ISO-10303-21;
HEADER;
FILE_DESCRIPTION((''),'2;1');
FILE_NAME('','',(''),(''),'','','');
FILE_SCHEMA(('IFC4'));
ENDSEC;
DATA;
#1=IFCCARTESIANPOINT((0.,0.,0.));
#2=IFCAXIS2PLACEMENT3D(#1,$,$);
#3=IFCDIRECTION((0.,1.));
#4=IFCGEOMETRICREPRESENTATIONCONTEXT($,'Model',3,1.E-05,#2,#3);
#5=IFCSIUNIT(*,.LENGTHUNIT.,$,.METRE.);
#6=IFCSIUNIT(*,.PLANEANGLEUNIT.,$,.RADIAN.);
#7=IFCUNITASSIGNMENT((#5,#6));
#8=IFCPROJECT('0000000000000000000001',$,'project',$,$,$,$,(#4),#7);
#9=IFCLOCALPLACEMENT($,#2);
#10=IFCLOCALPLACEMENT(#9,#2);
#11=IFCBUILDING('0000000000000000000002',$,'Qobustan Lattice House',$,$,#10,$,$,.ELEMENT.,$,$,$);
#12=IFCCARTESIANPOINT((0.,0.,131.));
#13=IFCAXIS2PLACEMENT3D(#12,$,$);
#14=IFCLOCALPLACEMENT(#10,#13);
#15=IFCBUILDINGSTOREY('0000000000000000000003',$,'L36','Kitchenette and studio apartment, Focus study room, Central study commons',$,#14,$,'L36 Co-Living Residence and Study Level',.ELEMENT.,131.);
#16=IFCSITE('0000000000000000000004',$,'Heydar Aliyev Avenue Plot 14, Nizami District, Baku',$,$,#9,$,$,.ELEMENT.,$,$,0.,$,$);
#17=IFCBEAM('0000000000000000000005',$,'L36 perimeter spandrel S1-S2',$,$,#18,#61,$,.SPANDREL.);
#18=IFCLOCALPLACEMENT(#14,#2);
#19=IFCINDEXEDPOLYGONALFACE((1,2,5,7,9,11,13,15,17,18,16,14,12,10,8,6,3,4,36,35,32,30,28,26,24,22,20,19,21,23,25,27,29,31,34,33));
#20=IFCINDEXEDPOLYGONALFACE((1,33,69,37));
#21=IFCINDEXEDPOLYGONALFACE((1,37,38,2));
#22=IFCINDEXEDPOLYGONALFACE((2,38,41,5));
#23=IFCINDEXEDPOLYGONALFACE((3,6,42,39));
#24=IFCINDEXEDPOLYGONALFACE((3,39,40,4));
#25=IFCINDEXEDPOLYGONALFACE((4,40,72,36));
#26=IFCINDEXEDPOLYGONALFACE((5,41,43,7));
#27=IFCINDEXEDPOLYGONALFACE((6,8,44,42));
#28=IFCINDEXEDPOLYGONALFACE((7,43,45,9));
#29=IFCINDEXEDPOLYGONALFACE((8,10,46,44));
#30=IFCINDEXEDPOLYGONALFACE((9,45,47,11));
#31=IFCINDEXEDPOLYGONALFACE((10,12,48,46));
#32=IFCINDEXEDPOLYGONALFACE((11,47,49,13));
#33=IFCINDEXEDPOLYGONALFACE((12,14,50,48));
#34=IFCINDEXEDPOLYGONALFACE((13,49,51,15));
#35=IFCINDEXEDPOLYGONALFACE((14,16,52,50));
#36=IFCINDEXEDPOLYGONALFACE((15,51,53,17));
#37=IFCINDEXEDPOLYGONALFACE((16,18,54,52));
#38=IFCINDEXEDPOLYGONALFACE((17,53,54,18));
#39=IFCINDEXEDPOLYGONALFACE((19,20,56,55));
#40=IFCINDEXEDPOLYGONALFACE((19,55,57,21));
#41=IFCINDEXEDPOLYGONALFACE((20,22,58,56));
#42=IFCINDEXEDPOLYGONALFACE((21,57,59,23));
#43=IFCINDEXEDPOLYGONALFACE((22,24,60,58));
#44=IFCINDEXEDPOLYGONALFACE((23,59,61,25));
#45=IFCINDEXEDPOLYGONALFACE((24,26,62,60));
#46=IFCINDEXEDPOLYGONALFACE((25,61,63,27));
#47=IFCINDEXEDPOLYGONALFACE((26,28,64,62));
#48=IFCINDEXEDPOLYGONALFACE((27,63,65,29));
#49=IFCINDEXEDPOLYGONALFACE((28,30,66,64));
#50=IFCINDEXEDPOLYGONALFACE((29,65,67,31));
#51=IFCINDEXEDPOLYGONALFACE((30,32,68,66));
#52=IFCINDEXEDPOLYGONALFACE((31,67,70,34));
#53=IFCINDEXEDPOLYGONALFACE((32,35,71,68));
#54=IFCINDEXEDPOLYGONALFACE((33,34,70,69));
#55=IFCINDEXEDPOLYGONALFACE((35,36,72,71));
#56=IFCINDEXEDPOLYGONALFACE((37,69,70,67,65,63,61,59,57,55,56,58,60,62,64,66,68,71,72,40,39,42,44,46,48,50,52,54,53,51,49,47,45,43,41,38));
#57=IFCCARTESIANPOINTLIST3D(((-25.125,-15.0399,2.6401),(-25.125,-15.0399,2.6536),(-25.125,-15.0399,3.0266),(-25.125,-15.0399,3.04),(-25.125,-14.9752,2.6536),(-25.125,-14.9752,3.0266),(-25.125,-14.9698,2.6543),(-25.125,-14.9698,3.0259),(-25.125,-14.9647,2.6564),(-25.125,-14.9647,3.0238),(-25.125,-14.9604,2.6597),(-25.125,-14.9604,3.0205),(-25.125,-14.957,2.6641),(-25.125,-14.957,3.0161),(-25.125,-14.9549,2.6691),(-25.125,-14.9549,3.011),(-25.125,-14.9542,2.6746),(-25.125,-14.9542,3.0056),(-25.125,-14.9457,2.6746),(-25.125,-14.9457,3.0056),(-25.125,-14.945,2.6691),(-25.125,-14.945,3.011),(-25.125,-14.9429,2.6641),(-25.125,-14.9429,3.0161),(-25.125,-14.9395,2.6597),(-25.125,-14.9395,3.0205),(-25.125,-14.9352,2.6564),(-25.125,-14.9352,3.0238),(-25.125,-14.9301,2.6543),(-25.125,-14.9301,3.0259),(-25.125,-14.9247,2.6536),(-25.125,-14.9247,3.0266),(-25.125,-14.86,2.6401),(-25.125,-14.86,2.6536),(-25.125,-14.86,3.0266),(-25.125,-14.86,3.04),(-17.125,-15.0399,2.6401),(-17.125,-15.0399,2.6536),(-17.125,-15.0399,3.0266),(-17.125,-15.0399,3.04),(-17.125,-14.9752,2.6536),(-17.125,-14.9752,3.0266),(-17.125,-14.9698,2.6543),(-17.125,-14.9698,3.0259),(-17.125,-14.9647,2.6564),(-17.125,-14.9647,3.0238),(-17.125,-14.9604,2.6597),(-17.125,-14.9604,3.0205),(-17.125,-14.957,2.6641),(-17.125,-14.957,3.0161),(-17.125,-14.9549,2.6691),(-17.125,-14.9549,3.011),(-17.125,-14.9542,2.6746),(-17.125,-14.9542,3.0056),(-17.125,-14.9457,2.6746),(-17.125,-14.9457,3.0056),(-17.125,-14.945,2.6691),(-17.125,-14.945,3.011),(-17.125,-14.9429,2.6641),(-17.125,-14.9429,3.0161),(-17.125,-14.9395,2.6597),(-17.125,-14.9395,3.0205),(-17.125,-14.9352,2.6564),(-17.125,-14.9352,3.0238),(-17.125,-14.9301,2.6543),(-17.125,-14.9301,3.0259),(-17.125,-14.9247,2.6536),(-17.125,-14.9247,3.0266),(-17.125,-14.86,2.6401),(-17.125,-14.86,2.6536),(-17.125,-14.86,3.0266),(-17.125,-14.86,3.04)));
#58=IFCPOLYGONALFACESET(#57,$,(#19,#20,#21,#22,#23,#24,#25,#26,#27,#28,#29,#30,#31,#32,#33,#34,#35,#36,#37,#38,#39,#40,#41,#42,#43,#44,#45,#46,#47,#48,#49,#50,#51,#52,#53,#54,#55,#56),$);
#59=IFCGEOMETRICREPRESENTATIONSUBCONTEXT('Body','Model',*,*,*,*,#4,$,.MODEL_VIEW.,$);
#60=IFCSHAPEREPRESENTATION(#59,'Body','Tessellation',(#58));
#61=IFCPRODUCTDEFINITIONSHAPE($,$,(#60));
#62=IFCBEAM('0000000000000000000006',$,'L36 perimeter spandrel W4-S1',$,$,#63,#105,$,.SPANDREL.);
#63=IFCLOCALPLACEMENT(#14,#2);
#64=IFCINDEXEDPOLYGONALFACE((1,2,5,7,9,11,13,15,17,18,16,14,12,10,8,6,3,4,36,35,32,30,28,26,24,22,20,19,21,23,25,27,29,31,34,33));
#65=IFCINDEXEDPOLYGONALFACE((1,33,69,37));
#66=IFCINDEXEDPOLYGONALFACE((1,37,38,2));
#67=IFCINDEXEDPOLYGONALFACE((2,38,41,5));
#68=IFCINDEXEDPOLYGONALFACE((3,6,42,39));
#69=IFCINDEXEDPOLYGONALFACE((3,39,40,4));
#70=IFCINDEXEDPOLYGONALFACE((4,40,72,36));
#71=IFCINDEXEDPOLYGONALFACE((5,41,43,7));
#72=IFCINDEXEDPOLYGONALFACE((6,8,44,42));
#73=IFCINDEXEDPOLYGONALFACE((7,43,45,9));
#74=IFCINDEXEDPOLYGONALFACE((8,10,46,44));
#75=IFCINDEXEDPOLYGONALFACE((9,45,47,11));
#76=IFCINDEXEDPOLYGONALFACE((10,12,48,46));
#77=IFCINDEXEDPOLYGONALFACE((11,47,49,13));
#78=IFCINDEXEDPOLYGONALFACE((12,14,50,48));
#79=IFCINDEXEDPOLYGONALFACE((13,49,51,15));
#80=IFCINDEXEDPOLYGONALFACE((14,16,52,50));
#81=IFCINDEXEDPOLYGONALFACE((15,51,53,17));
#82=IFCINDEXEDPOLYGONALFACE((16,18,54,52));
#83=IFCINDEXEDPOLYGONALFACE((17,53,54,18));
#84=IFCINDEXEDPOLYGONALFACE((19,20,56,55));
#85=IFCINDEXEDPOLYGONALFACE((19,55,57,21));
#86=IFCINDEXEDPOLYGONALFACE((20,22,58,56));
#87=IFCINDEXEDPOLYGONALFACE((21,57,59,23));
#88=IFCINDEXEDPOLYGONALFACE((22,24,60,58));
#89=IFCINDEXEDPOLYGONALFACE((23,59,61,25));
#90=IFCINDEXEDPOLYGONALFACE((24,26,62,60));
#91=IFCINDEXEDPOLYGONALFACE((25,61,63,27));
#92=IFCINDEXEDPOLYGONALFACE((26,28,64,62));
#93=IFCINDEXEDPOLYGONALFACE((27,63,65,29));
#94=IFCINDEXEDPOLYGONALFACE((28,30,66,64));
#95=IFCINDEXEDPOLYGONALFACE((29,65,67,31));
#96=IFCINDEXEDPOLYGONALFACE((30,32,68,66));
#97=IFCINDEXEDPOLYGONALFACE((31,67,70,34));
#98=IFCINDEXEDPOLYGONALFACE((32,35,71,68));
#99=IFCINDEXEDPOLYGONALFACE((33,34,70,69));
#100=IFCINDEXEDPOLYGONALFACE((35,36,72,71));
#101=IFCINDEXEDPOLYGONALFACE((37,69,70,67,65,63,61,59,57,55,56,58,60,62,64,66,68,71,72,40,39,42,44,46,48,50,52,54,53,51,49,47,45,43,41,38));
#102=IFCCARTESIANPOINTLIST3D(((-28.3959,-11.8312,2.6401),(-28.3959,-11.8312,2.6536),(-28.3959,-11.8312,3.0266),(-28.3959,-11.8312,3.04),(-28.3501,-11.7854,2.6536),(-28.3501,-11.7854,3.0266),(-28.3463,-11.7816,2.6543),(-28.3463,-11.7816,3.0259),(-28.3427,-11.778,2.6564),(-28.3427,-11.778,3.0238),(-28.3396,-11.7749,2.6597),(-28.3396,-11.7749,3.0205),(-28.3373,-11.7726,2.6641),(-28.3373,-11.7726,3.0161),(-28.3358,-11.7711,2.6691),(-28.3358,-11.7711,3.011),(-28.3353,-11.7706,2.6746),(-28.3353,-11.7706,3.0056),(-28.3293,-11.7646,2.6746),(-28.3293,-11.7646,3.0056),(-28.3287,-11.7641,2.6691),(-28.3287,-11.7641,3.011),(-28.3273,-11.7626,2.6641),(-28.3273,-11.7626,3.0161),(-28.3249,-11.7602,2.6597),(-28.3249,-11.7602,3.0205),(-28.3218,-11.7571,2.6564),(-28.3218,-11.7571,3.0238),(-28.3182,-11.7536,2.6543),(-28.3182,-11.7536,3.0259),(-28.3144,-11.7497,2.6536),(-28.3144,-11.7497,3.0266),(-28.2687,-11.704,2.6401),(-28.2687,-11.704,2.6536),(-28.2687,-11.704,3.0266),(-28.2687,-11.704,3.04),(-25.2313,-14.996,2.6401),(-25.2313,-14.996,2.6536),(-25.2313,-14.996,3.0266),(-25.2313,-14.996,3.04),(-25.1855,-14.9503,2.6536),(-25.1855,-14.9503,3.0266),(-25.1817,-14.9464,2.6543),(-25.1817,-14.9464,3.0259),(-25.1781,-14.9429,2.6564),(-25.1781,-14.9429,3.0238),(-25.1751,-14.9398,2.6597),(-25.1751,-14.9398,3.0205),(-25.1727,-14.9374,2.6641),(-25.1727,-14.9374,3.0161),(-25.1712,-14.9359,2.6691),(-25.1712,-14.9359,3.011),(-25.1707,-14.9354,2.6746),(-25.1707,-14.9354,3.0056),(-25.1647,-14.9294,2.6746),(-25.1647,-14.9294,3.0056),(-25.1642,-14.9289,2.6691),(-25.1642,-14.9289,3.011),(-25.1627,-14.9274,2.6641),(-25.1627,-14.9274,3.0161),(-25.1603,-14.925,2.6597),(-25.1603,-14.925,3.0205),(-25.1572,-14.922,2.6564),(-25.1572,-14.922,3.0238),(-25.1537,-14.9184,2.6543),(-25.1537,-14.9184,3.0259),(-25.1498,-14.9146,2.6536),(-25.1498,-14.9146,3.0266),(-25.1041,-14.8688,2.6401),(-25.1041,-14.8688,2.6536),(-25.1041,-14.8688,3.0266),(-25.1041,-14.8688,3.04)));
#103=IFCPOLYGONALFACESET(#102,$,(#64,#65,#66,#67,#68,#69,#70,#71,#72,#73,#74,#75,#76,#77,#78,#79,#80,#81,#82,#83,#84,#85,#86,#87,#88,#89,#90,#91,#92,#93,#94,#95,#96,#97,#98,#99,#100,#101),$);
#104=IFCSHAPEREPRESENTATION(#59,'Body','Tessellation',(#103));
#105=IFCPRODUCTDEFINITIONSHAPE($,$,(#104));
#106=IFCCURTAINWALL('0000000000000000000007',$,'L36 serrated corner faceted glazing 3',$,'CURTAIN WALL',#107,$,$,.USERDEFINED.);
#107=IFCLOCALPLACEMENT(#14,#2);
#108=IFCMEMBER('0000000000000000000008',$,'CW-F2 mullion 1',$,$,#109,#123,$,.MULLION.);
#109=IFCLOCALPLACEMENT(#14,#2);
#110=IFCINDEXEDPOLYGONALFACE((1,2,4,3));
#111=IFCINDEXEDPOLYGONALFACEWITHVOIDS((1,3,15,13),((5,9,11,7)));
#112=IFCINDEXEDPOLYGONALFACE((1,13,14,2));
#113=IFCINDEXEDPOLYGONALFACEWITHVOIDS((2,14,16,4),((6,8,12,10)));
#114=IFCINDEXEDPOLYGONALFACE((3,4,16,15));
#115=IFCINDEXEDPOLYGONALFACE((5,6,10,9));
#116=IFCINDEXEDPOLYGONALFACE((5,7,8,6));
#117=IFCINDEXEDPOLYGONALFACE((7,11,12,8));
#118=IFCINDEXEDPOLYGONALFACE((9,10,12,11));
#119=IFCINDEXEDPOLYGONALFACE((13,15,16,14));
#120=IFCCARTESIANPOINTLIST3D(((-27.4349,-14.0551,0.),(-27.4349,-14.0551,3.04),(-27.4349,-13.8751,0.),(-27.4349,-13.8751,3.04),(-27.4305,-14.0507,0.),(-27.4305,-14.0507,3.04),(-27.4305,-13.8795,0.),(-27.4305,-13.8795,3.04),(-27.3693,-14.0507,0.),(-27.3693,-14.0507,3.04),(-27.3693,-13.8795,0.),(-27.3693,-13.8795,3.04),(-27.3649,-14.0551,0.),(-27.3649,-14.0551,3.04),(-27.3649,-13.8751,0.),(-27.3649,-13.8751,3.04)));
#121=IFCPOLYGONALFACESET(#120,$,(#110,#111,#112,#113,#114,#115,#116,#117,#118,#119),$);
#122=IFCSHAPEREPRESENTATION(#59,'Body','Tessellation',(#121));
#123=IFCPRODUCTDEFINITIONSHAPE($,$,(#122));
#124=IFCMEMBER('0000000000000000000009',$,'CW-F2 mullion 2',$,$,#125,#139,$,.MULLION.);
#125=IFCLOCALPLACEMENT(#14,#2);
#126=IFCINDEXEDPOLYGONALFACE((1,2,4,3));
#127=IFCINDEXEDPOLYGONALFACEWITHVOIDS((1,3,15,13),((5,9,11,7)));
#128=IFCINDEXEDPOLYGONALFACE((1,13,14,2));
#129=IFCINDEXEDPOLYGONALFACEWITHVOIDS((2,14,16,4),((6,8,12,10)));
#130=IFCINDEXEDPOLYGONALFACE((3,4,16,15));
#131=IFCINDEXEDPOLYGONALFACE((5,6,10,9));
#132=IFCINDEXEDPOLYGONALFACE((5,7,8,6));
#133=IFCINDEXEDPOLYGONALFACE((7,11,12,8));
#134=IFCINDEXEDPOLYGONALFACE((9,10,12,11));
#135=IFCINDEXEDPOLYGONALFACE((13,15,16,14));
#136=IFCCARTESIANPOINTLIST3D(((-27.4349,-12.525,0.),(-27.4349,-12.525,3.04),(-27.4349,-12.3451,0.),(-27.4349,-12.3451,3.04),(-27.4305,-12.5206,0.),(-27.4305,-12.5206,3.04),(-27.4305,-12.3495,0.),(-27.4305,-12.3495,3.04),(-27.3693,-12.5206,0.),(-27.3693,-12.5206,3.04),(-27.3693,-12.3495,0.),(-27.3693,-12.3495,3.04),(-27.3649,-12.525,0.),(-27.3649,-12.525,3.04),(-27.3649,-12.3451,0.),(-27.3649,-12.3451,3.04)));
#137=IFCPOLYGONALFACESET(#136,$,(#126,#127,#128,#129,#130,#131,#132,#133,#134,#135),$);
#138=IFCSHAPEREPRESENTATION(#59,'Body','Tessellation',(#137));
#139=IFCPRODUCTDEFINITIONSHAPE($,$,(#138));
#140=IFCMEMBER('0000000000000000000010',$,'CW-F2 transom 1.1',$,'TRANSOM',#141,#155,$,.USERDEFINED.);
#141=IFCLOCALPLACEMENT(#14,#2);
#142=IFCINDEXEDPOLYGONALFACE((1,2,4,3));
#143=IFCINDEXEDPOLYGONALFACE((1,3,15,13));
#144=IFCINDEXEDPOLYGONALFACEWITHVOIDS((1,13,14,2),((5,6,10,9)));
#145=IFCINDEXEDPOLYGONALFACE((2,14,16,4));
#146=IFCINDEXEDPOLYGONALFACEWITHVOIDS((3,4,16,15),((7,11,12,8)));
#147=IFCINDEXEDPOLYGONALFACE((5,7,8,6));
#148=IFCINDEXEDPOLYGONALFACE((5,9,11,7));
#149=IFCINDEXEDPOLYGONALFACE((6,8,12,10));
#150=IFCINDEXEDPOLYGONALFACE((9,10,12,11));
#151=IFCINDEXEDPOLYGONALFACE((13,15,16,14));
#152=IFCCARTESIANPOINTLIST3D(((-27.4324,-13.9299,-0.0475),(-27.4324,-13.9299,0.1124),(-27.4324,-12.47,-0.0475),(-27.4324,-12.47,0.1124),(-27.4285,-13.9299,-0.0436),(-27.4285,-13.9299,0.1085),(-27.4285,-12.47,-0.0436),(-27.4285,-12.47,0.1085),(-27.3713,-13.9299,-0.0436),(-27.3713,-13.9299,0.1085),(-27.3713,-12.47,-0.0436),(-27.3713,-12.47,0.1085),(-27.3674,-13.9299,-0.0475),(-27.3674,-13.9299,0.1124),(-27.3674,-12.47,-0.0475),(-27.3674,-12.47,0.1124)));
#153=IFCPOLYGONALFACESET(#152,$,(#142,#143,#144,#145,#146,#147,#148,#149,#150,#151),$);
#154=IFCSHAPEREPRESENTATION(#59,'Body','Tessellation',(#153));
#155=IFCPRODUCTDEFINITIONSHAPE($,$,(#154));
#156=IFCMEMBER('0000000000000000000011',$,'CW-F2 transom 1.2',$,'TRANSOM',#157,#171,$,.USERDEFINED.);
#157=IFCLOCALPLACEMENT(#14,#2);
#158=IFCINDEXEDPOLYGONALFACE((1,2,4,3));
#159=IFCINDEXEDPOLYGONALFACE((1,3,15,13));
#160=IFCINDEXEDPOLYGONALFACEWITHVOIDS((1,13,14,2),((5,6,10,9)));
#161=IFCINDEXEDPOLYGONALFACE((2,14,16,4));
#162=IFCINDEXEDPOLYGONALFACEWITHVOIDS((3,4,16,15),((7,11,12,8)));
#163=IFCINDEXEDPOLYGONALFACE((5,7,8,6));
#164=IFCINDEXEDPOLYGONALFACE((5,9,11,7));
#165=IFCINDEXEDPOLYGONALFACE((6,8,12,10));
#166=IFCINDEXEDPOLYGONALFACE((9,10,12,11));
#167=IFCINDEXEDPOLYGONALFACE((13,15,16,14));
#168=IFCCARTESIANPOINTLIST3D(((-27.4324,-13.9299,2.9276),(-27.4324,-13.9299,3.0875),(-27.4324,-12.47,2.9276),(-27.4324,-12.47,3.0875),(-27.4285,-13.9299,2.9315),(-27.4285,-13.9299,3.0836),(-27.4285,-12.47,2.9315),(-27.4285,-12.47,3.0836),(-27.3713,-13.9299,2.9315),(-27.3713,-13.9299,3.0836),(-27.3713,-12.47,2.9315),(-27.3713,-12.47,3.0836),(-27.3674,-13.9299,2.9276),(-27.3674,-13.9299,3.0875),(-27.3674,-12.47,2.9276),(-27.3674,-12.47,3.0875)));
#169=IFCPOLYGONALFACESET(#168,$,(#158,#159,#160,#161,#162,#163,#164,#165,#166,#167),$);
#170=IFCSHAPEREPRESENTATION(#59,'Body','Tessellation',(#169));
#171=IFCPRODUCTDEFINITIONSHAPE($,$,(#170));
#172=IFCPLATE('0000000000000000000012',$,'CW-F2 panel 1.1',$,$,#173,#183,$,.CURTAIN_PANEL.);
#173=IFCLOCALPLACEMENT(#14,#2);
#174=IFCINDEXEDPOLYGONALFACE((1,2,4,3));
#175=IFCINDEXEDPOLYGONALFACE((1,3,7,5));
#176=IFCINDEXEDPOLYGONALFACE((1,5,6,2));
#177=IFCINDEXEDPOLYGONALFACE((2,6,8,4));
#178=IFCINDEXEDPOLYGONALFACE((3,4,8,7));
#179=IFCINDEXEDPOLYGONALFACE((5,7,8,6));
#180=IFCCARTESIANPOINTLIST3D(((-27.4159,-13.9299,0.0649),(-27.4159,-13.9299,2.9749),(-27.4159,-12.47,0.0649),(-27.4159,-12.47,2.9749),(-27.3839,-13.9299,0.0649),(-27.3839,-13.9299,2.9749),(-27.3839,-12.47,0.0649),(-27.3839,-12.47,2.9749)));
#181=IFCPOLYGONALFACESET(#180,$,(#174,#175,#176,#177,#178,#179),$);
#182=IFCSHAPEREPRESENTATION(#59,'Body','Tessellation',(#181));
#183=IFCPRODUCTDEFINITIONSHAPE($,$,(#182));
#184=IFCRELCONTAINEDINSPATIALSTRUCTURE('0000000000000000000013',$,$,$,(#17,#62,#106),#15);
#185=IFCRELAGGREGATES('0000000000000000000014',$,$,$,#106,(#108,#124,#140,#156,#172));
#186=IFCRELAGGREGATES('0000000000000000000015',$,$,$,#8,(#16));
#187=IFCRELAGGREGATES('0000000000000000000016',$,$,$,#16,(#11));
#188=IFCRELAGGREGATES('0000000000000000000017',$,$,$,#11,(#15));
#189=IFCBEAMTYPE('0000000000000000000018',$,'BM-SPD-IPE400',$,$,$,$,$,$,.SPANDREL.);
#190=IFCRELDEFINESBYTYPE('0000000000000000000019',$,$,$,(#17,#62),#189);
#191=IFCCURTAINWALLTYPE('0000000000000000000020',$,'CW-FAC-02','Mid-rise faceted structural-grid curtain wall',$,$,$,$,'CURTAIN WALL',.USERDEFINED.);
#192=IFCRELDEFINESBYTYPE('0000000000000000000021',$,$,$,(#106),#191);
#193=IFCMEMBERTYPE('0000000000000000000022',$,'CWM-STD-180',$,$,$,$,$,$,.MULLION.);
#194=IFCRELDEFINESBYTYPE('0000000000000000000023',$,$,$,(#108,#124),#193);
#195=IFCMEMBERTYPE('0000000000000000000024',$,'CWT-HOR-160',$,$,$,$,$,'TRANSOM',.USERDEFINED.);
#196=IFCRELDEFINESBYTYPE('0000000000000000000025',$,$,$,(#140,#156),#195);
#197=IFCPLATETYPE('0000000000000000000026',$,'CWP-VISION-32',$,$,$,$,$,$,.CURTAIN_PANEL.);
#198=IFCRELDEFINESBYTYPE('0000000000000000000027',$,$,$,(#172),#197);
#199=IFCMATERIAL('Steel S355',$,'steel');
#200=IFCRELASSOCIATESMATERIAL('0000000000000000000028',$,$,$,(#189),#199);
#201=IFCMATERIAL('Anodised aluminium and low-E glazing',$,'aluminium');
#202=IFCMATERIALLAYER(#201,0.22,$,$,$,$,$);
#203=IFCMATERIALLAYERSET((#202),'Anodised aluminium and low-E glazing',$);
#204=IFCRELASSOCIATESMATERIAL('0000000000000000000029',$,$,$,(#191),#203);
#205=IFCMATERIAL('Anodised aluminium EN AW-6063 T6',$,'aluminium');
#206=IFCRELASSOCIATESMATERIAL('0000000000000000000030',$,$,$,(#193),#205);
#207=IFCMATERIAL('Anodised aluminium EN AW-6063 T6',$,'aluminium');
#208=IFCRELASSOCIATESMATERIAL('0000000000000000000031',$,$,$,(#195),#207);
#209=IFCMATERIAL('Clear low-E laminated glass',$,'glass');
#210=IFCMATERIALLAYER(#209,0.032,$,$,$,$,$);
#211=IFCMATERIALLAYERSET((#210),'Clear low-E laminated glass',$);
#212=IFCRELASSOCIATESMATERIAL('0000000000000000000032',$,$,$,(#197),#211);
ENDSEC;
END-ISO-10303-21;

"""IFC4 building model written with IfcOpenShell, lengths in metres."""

from ifc_helpers import new_model, si_unit, direction, frame, origin, origin_2d, place, context, subcontext, project, spatial, rectangle, hollow_rectangle, i_section, extrude, material, layer, layer_set, material_profile, profile_set, type_object, element, aggregate, save


model = new_model("IFC4")

# Units and contexts
model_context = context("Model", 3, precision=1e-05, world=origin(), true_north=direction((0.0, 1.0)))
body_context = subcontext(model_context, "Body", "Model", "MODEL_VIEW")
ifc_project = project(units=[si_unit("LENGTHUNIT", "METRE"), si_unit("PLANEANGLEUNIT", "RADIAN")], contexts=[model_context])

# Site, building, storey
site_placement = place(None, origin())
site = spatial("IfcSite", under=ifc_project, at=site_placement, Name="Heydar Aliyev Avenue Plot 14, Nizami District, Baku", CompositionType="ELEMENT", RefElevation=0.0)
building_placement = place(site_placement, origin())
building = spatial("IfcBuilding", under=site, at=building_placement, Name="Qobustan Lattice House", CompositionType="ELEMENT")
storey_placement = place(building_placement, frame((0.0, 0.0, 131.0)))
storey = spatial("IfcBuildingStorey", under=building, at=storey_placement, Name="L36", Description="Kitchenette and studio apartment, Focus study room, Central study commons", LongName="L36 Co-Living Residence and Study Level", CompositionType="ELEMENT", Elevation=131.0)

# Beams
ifc_material_1 = material(Name="Steel S355", Category="steel")
ifc_material_profile_1 = material_profile(ifc_material_1, i_section(OverallWidth=0.1799, OverallDepth=0.3999, WebThickness=0.0085, FlangeThickness=0.0134, FilletRadius=0.021, at=origin_2d()), Name="IPE400")
ifc_profile_set_1 = profile_set([ifc_material_profile_1], Name="Steel S355")
beam_type_1 = type_object("IfcBeamType", Name="BM-SPD-IPE400", PredefinedType="SPANDREL", material=ifc_profile_set_1)
beam_1_placement = place(storey_placement, frame((-25.125, -14.95, 2.8401), z_axis=(1.0, 0.0, 0.0), x_axis=(0.0, 1.0, 0.0)))
element("IfcBeam", 1, at=beam_1_placement, inside=storey, type_object=beam_type_1, Name="L36 perimeter spandrel S1-S2", PredefinedType="SPANDREL", context=body_context, shape_type="SweptSolid", body=[
    extrude(i_section(OverallWidth=0.1799, OverallDepth=0.3999, WebThickness=0.0085, FlangeThickness=0.0134, FilletRadius=0.021, at=origin_2d()), origin(), (0.0, 0.0, 1.0), 8.0),
])
beam_2_placement = place(storey_placement, frame((-28.3323, -11.7676, 2.8401), z_axis=(0.70708, -0.707134, 0.0), x_axis=(0.707134, 0.70708, 0.0)))
element("IfcBeam", 2, at=beam_2_placement, inside=storey, type_object=beam_type_1, Name="L36 perimeter spandrel W4-S1", PredefinedType="SPANDREL", context=body_context, shape_type="SweptSolid", body=[
    extrude(i_section(OverallWidth=0.1799, OverallDepth=0.3999, WebThickness=0.0085, FlangeThickness=0.0134, FilletRadius=0.021, at=origin_2d()), origin(), (0.0, 0.0, 1.0), 4.4756),
])

# Curtain wall, members, plate
ifc_material_2 = material(Name="Anodised aluminium and low-E glazing", Category="aluminium")
ifc_layer_1 = layer(ifc_material_2, 0.22)
ifc_layer_set_1 = layer_set([ifc_layer_1], Name="Anodised aluminium and low-E glazing")
curtain_wall_type = type_object("IfcCurtainWallType", Name="CW-FAC-02", Description="Mid-rise faceted structural-grid curtain wall", ElementType="CURTAIN WALL", PredefinedType="USERDEFINED", material=ifc_layer_set_1)
curtain_wall_placement = place(storey_placement, origin())
curtain_wall = element("IfcCurtainWall", 3, at=curtain_wall_placement, inside=storey, type_object=curtain_wall_type, Name="L36 serrated corner faceted glazing 3", ObjectType="CURTAIN WALL", PredefinedType="USERDEFINED")
ifc_material_3 = material(Name="Anodised aluminium EN AW-6063 T6", Category="aluminium")
ifc_material_profile_2 = material_profile(ifc_material_3, hollow_rectangle(XDim=0.0701, YDim=0.1799, WallThickness=0.0044, at=origin_2d()), Name="CWM-180x70")
ifc_profile_set_2 = profile_set([ifc_material_profile_2], Name="Anodised aluminium EN AW-6063 T6")
member_type_1 = type_object("IfcMemberType", Name="CWM-STD-180", PredefinedType="MULLION", material=ifc_profile_set_2)
member_1_placement = place(storey_placement, frame((-27.3999, -13.9651, 0.0), z_axis=(0.0, 0.0, 1.0), x_axis=(-1.0, 0.0, 0.0)))
member_1 = element("IfcMember", 4, at=member_1_placement, type_object=member_type_1, Name="CW-F2 mullion 1", PredefinedType="MULLION", context=body_context, shape_type="SweptSolid", body=[
    extrude(hollow_rectangle(XDim=0.0701, YDim=0.1799, WallThickness=0.0044, at=origin_2d()), origin(), (0.0, 0.0, 1.0), 3.04),
])
member_2_placement = place(storey_placement, frame((-27.3999, -12.4351, 0.0), z_axis=(0.0, 0.0, 1.0), x_axis=(-1.0, 0.0, 0.0)))
member_2 = element("IfcMember", 5, at=member_2_placement, type_object=member_type_1, Name="CW-F2 mullion 2", PredefinedType="MULLION", context=body_context, shape_type="SweptSolid", body=[
    extrude(hollow_rectangle(XDim=0.0701, YDim=0.1799, WallThickness=0.0044, at=origin_2d()), origin(), (0.0, 0.0, 1.0), 3.04),
])
ifc_material_4 = material(Name="Anodised aluminium EN AW-6063 T6", Category="aluminium")
ifc_material_profile_3 = material_profile(ifc_material_4, hollow_rectangle(XDim=0.0649, YDim=0.1599, WallThickness=0.0039, at=origin_2d()), Name="CWT-160x65")
ifc_profile_set_3 = profile_set([ifc_material_profile_3], Name="Anodised aluminium EN AW-6063 T6")
member_type_2 = type_object("IfcMemberType", Name="CWT-HOR-160", ElementType="TRANSOM", PredefinedType="USERDEFINED", material=ifc_profile_set_3)
member_3_placement = place(storey_placement, frame((-27.3999, -13.9299, 0.0325), z_axis=(0.0, 1.0, 0.0), x_axis=(-1.0, 0.0, 0.0)))
member_3 = element("IfcMember", 6, at=member_3_placement, type_object=member_type_2, Name="CW-F2 transom 1.1", ObjectType="TRANSOM", PredefinedType="USERDEFINED", context=body_context, shape_type="SweptSolid", body=[
    extrude(hollow_rectangle(XDim=0.0649, YDim=0.1599, WallThickness=0.0039, at=origin_2d()), origin(), (0.0, 0.0, 1.0), 1.46),
])
member_4_placement = place(storey_placement, frame((-27.3999, -13.9299, 3.0076), z_axis=(0.0, 1.0, 0.0), x_axis=(-1.0, 0.0, 0.0)))
member_4 = element("IfcMember", 7, at=member_4_placement, type_object=member_type_2, Name="CW-F2 transom 1.2", ObjectType="TRANSOM", PredefinedType="USERDEFINED", context=body_context, shape_type="SweptSolid", body=[
    extrude(hollow_rectangle(XDim=0.0649, YDim=0.1599, WallThickness=0.0039, at=origin_2d()), origin(), (0.0, 0.0, 1.0), 1.46),
])
ifc_material_5 = material(Name="Clear low-E laminated glass", Category="glass")
ifc_layer_2 = layer(ifc_material_5, 0.032)
ifc_layer_set_2 = layer_set([ifc_layer_2], Name="Clear low-E laminated glass")
plate_type = type_object("IfcPlateType", Name="CWP-VISION-32", PredefinedType="CURTAIN_PANEL", material=ifc_layer_set_2)
plate_placement = place(storey_placement, frame((-27.3999, -13.2, 0.0649), z_axis=(0.0, 0.0, 1.0), x_axis=(0.0, 1.0, 0.0)))
plate = element("IfcPlate", 8, at=plate_placement, type_object=plate_type, Name="CW-F2 panel 1.1", PredefinedType="CURTAIN_PANEL", context=body_context, shape_type="SweptSolid", body=[
    extrude(rectangle(XDim=1.46, YDim=0.032, at=origin_2d()), origin(), (0.0, 0.0, 1.0), 2.9099),
])
aggregate(curtain_wall, [member_1, member_2, member_3, member_4, plate])

save(model, "model.ifc")
